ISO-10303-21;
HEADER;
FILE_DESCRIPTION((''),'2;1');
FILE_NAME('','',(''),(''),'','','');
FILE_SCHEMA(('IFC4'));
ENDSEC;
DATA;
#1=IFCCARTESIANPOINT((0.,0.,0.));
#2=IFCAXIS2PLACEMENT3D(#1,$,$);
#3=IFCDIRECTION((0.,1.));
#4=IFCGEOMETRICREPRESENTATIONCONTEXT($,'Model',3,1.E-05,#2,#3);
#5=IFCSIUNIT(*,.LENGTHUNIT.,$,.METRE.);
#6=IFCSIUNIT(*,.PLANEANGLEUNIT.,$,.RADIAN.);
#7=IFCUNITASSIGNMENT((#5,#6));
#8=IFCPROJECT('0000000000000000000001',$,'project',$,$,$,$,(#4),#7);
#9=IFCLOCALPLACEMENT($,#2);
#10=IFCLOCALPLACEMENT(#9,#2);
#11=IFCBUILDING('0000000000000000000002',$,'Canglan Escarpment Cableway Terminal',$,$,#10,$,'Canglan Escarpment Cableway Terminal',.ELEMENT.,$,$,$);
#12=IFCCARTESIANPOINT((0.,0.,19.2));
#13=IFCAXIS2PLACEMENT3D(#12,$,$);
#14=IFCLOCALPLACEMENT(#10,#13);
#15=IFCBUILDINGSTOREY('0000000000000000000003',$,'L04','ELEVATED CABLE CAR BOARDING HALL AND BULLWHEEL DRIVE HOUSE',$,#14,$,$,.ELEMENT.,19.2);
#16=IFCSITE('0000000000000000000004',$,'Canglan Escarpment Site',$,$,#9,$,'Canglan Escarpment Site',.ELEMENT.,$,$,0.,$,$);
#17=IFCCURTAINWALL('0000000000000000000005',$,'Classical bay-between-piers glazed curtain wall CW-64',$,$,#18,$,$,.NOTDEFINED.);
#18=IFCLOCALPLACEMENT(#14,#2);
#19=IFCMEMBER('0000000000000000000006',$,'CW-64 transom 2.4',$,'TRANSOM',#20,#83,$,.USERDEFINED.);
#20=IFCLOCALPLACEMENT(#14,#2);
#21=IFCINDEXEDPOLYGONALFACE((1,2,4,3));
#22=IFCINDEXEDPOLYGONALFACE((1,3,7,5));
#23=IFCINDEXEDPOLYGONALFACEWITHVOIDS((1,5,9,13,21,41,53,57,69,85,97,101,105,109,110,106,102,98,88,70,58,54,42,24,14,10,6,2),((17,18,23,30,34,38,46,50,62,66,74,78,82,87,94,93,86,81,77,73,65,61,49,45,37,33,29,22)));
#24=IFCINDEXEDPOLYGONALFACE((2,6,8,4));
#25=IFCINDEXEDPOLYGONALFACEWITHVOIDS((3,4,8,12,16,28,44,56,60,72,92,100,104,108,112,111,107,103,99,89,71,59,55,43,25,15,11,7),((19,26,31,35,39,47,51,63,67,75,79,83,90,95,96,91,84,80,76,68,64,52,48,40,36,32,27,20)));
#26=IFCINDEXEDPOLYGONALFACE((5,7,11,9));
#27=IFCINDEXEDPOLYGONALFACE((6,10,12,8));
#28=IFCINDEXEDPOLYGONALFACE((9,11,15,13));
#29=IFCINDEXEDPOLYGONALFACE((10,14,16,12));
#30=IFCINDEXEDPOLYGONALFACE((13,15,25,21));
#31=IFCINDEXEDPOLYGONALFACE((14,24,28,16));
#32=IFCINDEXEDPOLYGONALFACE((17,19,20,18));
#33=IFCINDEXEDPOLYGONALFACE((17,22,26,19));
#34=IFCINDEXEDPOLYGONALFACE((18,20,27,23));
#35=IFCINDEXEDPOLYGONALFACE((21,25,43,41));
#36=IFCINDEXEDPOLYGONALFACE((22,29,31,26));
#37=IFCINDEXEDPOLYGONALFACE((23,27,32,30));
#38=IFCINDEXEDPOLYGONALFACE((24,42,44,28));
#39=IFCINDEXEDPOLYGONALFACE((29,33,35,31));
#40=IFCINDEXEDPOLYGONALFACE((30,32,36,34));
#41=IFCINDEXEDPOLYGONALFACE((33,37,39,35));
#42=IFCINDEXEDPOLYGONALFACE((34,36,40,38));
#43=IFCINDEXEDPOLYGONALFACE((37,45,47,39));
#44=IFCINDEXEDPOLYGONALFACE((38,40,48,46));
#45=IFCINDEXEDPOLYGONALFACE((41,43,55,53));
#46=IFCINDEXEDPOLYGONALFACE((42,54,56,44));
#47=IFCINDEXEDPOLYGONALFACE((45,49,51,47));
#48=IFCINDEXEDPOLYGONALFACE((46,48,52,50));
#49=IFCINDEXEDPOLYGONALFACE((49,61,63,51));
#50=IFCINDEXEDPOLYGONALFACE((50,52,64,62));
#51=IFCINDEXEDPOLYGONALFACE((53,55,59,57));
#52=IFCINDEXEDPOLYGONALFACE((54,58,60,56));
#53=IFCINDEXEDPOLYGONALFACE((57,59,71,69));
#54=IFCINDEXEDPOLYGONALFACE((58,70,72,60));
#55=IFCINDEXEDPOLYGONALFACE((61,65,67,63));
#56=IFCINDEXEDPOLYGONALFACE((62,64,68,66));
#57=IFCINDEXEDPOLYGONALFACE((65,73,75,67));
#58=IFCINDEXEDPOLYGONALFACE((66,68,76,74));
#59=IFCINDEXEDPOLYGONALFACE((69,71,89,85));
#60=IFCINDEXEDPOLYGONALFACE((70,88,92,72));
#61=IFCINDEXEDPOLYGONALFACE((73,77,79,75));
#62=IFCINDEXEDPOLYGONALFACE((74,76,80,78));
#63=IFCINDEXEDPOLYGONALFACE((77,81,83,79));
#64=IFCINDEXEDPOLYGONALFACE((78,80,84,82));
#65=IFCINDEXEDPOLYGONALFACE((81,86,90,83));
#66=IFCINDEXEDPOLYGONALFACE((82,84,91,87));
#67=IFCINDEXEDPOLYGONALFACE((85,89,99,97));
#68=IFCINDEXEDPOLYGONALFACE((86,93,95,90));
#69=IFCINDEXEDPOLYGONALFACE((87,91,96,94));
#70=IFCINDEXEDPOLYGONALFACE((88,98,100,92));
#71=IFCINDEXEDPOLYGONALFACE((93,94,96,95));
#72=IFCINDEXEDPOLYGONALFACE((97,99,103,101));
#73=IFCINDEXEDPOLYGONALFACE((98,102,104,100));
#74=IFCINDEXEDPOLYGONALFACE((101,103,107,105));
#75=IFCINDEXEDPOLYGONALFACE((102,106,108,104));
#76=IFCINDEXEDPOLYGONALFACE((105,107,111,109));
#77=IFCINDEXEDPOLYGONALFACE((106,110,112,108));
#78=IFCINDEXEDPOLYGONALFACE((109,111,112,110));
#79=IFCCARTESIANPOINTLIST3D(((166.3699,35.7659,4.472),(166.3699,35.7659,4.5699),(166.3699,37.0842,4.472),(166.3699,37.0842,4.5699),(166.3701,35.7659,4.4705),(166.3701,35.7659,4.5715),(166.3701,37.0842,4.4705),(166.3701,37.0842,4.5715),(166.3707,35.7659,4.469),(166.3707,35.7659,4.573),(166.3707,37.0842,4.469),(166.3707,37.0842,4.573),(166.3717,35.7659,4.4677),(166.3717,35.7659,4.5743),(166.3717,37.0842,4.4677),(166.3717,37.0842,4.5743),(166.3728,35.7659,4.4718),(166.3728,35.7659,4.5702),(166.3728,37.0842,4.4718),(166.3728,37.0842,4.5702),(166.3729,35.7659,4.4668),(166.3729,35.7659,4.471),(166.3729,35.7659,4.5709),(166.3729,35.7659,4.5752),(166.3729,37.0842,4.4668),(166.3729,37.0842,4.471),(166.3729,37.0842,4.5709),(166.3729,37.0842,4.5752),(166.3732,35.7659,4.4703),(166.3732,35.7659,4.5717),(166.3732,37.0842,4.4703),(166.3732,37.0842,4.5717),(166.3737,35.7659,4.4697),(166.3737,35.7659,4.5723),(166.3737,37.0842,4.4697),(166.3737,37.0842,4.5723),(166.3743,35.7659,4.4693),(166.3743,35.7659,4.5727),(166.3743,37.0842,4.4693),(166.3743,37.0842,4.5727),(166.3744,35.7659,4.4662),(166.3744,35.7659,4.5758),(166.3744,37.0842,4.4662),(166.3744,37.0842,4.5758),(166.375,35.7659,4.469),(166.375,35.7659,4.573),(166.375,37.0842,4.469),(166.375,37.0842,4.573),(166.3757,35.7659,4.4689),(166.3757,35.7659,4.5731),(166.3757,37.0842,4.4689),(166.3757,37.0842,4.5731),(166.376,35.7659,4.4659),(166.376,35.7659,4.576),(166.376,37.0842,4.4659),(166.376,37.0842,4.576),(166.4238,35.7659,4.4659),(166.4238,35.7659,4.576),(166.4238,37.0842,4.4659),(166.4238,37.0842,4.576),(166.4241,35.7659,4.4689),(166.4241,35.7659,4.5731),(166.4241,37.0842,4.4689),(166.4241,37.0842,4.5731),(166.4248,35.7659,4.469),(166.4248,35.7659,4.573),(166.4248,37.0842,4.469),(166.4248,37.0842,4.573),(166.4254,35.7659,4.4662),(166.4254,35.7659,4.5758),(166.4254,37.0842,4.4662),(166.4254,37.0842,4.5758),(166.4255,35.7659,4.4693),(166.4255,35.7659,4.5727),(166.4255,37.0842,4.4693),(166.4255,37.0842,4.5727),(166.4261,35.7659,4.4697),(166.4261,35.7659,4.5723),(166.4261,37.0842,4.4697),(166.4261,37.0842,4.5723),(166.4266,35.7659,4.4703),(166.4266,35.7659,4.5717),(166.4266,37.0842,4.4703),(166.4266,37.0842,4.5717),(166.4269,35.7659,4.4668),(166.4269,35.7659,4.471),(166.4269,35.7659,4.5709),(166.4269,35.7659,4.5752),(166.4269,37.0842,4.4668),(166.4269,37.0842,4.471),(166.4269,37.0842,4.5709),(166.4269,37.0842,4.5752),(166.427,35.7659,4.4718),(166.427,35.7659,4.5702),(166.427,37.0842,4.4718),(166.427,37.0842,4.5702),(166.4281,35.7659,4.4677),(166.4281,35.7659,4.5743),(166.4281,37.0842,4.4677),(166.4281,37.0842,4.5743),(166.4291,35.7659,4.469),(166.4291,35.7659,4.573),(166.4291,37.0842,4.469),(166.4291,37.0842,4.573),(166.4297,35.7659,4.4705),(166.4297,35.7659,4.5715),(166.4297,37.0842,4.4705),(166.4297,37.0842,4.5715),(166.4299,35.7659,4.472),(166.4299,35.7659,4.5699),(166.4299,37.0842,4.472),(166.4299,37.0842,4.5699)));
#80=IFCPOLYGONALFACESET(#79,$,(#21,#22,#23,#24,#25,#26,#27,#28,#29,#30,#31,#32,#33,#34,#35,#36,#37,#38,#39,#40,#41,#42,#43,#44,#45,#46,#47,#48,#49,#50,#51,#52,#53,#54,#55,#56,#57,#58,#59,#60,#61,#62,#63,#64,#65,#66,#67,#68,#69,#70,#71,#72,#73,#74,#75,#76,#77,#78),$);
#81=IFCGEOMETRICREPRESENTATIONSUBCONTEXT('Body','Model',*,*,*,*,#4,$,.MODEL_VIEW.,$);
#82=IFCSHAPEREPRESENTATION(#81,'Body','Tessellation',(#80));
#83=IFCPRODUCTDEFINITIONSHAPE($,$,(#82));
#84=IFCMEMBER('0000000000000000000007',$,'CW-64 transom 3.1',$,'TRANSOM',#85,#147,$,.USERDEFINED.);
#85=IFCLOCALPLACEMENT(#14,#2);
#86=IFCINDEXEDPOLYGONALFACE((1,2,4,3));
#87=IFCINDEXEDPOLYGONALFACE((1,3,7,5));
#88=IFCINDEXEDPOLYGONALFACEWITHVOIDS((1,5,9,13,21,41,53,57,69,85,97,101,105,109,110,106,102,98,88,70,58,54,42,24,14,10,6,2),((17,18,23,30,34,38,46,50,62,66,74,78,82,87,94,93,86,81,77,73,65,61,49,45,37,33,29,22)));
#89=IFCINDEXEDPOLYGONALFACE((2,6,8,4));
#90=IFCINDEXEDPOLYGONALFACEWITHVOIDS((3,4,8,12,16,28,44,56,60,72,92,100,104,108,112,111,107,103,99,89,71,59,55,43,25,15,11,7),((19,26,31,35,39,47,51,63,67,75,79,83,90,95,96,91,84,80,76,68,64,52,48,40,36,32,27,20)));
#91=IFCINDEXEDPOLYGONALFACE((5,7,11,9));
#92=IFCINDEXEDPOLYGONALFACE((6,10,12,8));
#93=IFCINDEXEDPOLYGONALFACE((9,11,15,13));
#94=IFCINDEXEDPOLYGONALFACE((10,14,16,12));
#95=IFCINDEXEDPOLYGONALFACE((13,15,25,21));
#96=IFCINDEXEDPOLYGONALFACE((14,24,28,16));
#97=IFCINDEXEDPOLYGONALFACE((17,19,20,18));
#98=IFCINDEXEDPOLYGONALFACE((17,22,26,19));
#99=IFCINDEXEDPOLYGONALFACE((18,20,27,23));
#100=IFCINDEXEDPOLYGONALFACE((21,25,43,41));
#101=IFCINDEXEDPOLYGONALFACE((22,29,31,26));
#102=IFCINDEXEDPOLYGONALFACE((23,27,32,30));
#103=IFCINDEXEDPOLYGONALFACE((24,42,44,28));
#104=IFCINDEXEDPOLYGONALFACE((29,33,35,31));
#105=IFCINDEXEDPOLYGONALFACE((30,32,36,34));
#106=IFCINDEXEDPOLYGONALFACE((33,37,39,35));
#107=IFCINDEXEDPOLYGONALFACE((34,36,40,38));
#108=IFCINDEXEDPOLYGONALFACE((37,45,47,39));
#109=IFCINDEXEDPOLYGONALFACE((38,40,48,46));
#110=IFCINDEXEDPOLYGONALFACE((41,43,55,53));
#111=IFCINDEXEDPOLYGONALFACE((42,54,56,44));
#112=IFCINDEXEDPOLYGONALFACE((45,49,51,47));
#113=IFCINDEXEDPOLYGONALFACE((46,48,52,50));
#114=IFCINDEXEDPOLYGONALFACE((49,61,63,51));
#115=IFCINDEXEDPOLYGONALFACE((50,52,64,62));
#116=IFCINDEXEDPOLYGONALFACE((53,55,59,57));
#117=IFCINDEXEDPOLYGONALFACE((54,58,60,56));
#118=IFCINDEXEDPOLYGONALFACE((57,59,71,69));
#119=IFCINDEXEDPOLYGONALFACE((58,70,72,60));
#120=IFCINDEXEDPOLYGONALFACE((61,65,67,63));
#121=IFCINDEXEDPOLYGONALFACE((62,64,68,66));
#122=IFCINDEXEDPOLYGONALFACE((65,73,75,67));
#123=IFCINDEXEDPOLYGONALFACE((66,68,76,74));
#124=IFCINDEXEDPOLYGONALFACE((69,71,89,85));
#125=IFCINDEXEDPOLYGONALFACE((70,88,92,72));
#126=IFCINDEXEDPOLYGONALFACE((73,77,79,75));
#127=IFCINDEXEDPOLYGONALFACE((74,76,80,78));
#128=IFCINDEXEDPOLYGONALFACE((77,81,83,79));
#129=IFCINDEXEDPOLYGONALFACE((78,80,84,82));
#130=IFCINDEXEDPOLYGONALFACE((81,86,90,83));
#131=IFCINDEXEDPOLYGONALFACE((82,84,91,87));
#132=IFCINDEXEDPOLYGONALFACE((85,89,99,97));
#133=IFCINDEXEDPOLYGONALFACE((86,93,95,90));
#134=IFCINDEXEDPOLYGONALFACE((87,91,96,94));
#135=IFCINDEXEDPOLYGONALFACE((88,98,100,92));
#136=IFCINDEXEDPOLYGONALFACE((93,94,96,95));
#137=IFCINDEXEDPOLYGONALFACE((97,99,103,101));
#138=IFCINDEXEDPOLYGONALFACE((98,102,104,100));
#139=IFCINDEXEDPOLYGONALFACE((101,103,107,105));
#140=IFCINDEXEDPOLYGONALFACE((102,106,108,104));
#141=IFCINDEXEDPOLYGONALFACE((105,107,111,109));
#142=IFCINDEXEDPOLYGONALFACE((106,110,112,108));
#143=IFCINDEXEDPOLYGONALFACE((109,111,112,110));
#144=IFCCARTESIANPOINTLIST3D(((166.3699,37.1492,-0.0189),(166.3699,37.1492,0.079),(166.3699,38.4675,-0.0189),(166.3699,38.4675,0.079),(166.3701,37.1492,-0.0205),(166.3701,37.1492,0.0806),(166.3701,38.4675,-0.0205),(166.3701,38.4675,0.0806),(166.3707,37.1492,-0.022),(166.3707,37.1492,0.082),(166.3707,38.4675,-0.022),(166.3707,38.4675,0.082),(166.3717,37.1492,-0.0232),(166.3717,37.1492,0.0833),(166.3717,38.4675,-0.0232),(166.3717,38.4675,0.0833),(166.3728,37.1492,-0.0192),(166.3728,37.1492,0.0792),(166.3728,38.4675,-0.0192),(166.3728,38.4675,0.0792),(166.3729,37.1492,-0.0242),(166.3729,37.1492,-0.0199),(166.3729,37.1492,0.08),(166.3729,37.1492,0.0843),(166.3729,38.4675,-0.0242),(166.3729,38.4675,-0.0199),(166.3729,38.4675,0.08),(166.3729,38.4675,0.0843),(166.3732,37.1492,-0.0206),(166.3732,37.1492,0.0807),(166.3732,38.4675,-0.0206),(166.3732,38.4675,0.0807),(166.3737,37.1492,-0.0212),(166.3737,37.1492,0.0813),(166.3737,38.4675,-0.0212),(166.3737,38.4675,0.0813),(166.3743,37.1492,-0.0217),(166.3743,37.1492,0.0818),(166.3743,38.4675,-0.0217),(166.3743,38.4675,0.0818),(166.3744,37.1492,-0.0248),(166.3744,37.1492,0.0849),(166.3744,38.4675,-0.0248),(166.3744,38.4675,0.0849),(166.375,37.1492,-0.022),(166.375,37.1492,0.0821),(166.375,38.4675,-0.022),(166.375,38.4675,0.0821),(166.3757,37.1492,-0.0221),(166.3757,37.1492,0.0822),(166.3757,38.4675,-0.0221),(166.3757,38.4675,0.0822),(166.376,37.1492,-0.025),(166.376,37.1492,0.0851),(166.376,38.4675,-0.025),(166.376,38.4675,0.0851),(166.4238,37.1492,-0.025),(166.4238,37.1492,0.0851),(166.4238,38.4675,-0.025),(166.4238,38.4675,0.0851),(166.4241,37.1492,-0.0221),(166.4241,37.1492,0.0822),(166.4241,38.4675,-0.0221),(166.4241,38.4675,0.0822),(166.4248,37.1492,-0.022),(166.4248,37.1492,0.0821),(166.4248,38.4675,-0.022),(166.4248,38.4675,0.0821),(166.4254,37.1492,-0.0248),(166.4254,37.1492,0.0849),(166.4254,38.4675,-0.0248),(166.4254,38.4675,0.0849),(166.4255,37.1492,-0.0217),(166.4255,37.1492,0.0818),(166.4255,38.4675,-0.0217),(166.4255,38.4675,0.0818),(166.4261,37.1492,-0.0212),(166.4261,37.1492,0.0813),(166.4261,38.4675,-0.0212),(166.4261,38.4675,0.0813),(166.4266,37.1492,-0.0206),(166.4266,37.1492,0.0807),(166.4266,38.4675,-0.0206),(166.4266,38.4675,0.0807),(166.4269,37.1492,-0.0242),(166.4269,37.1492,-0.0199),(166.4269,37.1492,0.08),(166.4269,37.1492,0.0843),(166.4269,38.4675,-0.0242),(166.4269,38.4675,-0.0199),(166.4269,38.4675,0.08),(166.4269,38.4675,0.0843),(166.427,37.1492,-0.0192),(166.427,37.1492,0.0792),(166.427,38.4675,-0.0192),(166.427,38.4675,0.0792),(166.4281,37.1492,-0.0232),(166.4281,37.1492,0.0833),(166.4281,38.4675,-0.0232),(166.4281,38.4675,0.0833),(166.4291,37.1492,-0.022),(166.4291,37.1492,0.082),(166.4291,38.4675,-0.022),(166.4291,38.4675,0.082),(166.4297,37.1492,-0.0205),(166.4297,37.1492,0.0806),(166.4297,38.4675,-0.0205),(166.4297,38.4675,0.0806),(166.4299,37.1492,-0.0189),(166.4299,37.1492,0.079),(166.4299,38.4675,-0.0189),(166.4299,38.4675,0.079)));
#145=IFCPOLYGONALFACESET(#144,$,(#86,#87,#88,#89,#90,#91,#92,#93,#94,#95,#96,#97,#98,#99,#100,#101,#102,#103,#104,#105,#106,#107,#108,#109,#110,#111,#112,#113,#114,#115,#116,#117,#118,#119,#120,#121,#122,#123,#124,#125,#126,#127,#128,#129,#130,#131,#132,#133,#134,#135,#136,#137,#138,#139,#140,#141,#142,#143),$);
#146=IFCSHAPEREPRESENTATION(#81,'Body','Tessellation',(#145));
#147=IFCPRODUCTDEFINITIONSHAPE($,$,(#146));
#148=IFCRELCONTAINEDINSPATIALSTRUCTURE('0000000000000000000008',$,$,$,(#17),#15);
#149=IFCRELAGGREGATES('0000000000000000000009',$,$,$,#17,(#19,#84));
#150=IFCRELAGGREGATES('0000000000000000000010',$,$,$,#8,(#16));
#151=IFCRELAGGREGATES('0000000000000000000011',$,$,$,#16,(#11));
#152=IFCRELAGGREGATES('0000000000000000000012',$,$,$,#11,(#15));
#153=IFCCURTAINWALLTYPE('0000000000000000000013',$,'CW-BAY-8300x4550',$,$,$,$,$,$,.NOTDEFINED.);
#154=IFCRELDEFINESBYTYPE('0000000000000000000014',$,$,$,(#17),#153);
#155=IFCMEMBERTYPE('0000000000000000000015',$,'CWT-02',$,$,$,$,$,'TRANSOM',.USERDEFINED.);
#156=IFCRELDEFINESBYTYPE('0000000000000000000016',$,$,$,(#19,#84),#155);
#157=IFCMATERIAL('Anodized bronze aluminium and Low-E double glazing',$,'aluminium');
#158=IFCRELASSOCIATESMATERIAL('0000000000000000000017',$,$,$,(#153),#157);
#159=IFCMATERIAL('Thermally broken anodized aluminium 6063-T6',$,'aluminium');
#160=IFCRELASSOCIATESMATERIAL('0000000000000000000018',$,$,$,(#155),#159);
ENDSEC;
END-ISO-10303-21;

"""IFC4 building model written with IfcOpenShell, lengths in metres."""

from ifc_helpers import new_model, si_unit, direction, frame, origin, origin_2d, place, context, subcontext, project, spatial, hollow_rectangle, extrude, material, material_profile, profile_set, type_object, element, aggregate, save


model = new_model("IFC4")

# Units and contexts
model_context = context("Model", 3, precision=1e-05, world=origin(), true_north=direction((0.0, 1.0)))
body_context = subcontext(model_context, "Body", "Model", "MODEL_VIEW")
ifc_project = project(units=[si_unit("LENGTHUNIT", "METRE"), si_unit("PLANEANGLEUNIT", "RADIAN")], contexts=[model_context])

# Site, building, storey
site_placement = place(None, origin())
site = spatial("IfcSite", under=ifc_project, at=site_placement, Name="Canglan Escarpment Site", LongName="Canglan Escarpment Site", CompositionType="ELEMENT", RefElevation=0.0)
building_placement = place(site_placement, origin())
building = spatial("IfcBuilding", under=site, at=building_placement, Name="Canglan Escarpment Cableway Terminal", LongName="Canglan Escarpment Cableway Terminal", CompositionType="ELEMENT")
storey_placement = place(building_placement, frame((0.0, 0.0, 19.2)))
storey = spatial("IfcBuildingStorey", under=building, at=storey_placement, Name="L04", Description="ELEVATED CABLE CAR BOARDING HALL AND BULLWHEEL DRIVE HOUSE", CompositionType="ELEMENT", Elevation=19.2)

# Curtain wall
ifc_material_1 = material(Name="Anodized bronze aluminium and Low-E double glazing", Category="aluminium")
curtain_wall_type_1 = type_object("IfcCurtainWallType", Name="CW-BAY-8300x4550", PredefinedType="NOTDEFINED", material=ifc_material_1)
curtain_wall_1_placement = place(storey_placement, origin())
curtain_wall_1 = element("IfcCurtainWall", 1, at=curtain_wall_1_placement, inside=storey, type_object=curtain_wall_type_1, Name="Classical bay-between-piers glazed curtain wall CW-64", PredefinedType="NOTDEFINED")
ifc_material_2 = material(Name="Thermally broken anodized aluminium 6063-T6", Category="aluminium")

# Members
ifc_material_profile_1 = material_profile(ifc_material_2, hollow_rectangle(XDim=0.0601, YDim=0.1101, WallThickness=0.0029, InnerFilletRadius=0.0029, OuterFilletRadius=0.0061, at=origin_2d()), Name="ALU-TRAN 60x110x3")
ifc_profile_set_1 = profile_set([ifc_material_profile_1], Name="Thermally broken anodized aluminium 6063-T6")
member_type_1 = type_object("IfcMemberType", Name="CWT-02", ElementType="TRANSOM", PredefinedType="USERDEFINED", material=ifc_profile_set_1)
member_1_placement = place(storey_placement, frame((166.3999, 35.7659, 4.521), z_axis=(0.0, 1.0, 0.0), x_axis=(-1.0, 0.0, 0.0)))
member_1 = element("IfcMember", 2, at=member_1_placement, type_object=member_type_1, Name="CW-64 transom 2.4", ObjectType="TRANSOM", PredefinedType="USERDEFINED", context=body_context, shape_type="SweptSolid", body=[
    extrude(hollow_rectangle(XDim=0.0601, YDim=0.1101, WallThickness=0.0029, InnerFilletRadius=0.0029, OuterFilletRadius=0.0061, at=origin_2d()), origin(), (0.0, 0.0, 1.0), 1.3184),
])
member_2_placement = place(storey_placement, frame((166.3999, 37.1492, 0.03), z_axis=(0.0, 1.0, 0.0), x_axis=(-1.0, 0.0, 0.0)))
member_2 = element("IfcMember", 3, at=member_2_placement, type_object=member_type_1, Name="CW-64 transom 3.1", ObjectType="TRANSOM", PredefinedType="USERDEFINED", context=body_context, shape_type="SweptSolid", body=[
    extrude(hollow_rectangle(XDim=0.0601, YDim=0.1101, WallThickness=0.0029, InnerFilletRadius=0.0029, OuterFilletRadius=0.0061, at=origin_2d()), origin(), (0.0, 0.0, 1.0), 1.3184),
])

aggregate(curtain_wall_1, [member_1, member_2])

save(model, "model.ifc")
